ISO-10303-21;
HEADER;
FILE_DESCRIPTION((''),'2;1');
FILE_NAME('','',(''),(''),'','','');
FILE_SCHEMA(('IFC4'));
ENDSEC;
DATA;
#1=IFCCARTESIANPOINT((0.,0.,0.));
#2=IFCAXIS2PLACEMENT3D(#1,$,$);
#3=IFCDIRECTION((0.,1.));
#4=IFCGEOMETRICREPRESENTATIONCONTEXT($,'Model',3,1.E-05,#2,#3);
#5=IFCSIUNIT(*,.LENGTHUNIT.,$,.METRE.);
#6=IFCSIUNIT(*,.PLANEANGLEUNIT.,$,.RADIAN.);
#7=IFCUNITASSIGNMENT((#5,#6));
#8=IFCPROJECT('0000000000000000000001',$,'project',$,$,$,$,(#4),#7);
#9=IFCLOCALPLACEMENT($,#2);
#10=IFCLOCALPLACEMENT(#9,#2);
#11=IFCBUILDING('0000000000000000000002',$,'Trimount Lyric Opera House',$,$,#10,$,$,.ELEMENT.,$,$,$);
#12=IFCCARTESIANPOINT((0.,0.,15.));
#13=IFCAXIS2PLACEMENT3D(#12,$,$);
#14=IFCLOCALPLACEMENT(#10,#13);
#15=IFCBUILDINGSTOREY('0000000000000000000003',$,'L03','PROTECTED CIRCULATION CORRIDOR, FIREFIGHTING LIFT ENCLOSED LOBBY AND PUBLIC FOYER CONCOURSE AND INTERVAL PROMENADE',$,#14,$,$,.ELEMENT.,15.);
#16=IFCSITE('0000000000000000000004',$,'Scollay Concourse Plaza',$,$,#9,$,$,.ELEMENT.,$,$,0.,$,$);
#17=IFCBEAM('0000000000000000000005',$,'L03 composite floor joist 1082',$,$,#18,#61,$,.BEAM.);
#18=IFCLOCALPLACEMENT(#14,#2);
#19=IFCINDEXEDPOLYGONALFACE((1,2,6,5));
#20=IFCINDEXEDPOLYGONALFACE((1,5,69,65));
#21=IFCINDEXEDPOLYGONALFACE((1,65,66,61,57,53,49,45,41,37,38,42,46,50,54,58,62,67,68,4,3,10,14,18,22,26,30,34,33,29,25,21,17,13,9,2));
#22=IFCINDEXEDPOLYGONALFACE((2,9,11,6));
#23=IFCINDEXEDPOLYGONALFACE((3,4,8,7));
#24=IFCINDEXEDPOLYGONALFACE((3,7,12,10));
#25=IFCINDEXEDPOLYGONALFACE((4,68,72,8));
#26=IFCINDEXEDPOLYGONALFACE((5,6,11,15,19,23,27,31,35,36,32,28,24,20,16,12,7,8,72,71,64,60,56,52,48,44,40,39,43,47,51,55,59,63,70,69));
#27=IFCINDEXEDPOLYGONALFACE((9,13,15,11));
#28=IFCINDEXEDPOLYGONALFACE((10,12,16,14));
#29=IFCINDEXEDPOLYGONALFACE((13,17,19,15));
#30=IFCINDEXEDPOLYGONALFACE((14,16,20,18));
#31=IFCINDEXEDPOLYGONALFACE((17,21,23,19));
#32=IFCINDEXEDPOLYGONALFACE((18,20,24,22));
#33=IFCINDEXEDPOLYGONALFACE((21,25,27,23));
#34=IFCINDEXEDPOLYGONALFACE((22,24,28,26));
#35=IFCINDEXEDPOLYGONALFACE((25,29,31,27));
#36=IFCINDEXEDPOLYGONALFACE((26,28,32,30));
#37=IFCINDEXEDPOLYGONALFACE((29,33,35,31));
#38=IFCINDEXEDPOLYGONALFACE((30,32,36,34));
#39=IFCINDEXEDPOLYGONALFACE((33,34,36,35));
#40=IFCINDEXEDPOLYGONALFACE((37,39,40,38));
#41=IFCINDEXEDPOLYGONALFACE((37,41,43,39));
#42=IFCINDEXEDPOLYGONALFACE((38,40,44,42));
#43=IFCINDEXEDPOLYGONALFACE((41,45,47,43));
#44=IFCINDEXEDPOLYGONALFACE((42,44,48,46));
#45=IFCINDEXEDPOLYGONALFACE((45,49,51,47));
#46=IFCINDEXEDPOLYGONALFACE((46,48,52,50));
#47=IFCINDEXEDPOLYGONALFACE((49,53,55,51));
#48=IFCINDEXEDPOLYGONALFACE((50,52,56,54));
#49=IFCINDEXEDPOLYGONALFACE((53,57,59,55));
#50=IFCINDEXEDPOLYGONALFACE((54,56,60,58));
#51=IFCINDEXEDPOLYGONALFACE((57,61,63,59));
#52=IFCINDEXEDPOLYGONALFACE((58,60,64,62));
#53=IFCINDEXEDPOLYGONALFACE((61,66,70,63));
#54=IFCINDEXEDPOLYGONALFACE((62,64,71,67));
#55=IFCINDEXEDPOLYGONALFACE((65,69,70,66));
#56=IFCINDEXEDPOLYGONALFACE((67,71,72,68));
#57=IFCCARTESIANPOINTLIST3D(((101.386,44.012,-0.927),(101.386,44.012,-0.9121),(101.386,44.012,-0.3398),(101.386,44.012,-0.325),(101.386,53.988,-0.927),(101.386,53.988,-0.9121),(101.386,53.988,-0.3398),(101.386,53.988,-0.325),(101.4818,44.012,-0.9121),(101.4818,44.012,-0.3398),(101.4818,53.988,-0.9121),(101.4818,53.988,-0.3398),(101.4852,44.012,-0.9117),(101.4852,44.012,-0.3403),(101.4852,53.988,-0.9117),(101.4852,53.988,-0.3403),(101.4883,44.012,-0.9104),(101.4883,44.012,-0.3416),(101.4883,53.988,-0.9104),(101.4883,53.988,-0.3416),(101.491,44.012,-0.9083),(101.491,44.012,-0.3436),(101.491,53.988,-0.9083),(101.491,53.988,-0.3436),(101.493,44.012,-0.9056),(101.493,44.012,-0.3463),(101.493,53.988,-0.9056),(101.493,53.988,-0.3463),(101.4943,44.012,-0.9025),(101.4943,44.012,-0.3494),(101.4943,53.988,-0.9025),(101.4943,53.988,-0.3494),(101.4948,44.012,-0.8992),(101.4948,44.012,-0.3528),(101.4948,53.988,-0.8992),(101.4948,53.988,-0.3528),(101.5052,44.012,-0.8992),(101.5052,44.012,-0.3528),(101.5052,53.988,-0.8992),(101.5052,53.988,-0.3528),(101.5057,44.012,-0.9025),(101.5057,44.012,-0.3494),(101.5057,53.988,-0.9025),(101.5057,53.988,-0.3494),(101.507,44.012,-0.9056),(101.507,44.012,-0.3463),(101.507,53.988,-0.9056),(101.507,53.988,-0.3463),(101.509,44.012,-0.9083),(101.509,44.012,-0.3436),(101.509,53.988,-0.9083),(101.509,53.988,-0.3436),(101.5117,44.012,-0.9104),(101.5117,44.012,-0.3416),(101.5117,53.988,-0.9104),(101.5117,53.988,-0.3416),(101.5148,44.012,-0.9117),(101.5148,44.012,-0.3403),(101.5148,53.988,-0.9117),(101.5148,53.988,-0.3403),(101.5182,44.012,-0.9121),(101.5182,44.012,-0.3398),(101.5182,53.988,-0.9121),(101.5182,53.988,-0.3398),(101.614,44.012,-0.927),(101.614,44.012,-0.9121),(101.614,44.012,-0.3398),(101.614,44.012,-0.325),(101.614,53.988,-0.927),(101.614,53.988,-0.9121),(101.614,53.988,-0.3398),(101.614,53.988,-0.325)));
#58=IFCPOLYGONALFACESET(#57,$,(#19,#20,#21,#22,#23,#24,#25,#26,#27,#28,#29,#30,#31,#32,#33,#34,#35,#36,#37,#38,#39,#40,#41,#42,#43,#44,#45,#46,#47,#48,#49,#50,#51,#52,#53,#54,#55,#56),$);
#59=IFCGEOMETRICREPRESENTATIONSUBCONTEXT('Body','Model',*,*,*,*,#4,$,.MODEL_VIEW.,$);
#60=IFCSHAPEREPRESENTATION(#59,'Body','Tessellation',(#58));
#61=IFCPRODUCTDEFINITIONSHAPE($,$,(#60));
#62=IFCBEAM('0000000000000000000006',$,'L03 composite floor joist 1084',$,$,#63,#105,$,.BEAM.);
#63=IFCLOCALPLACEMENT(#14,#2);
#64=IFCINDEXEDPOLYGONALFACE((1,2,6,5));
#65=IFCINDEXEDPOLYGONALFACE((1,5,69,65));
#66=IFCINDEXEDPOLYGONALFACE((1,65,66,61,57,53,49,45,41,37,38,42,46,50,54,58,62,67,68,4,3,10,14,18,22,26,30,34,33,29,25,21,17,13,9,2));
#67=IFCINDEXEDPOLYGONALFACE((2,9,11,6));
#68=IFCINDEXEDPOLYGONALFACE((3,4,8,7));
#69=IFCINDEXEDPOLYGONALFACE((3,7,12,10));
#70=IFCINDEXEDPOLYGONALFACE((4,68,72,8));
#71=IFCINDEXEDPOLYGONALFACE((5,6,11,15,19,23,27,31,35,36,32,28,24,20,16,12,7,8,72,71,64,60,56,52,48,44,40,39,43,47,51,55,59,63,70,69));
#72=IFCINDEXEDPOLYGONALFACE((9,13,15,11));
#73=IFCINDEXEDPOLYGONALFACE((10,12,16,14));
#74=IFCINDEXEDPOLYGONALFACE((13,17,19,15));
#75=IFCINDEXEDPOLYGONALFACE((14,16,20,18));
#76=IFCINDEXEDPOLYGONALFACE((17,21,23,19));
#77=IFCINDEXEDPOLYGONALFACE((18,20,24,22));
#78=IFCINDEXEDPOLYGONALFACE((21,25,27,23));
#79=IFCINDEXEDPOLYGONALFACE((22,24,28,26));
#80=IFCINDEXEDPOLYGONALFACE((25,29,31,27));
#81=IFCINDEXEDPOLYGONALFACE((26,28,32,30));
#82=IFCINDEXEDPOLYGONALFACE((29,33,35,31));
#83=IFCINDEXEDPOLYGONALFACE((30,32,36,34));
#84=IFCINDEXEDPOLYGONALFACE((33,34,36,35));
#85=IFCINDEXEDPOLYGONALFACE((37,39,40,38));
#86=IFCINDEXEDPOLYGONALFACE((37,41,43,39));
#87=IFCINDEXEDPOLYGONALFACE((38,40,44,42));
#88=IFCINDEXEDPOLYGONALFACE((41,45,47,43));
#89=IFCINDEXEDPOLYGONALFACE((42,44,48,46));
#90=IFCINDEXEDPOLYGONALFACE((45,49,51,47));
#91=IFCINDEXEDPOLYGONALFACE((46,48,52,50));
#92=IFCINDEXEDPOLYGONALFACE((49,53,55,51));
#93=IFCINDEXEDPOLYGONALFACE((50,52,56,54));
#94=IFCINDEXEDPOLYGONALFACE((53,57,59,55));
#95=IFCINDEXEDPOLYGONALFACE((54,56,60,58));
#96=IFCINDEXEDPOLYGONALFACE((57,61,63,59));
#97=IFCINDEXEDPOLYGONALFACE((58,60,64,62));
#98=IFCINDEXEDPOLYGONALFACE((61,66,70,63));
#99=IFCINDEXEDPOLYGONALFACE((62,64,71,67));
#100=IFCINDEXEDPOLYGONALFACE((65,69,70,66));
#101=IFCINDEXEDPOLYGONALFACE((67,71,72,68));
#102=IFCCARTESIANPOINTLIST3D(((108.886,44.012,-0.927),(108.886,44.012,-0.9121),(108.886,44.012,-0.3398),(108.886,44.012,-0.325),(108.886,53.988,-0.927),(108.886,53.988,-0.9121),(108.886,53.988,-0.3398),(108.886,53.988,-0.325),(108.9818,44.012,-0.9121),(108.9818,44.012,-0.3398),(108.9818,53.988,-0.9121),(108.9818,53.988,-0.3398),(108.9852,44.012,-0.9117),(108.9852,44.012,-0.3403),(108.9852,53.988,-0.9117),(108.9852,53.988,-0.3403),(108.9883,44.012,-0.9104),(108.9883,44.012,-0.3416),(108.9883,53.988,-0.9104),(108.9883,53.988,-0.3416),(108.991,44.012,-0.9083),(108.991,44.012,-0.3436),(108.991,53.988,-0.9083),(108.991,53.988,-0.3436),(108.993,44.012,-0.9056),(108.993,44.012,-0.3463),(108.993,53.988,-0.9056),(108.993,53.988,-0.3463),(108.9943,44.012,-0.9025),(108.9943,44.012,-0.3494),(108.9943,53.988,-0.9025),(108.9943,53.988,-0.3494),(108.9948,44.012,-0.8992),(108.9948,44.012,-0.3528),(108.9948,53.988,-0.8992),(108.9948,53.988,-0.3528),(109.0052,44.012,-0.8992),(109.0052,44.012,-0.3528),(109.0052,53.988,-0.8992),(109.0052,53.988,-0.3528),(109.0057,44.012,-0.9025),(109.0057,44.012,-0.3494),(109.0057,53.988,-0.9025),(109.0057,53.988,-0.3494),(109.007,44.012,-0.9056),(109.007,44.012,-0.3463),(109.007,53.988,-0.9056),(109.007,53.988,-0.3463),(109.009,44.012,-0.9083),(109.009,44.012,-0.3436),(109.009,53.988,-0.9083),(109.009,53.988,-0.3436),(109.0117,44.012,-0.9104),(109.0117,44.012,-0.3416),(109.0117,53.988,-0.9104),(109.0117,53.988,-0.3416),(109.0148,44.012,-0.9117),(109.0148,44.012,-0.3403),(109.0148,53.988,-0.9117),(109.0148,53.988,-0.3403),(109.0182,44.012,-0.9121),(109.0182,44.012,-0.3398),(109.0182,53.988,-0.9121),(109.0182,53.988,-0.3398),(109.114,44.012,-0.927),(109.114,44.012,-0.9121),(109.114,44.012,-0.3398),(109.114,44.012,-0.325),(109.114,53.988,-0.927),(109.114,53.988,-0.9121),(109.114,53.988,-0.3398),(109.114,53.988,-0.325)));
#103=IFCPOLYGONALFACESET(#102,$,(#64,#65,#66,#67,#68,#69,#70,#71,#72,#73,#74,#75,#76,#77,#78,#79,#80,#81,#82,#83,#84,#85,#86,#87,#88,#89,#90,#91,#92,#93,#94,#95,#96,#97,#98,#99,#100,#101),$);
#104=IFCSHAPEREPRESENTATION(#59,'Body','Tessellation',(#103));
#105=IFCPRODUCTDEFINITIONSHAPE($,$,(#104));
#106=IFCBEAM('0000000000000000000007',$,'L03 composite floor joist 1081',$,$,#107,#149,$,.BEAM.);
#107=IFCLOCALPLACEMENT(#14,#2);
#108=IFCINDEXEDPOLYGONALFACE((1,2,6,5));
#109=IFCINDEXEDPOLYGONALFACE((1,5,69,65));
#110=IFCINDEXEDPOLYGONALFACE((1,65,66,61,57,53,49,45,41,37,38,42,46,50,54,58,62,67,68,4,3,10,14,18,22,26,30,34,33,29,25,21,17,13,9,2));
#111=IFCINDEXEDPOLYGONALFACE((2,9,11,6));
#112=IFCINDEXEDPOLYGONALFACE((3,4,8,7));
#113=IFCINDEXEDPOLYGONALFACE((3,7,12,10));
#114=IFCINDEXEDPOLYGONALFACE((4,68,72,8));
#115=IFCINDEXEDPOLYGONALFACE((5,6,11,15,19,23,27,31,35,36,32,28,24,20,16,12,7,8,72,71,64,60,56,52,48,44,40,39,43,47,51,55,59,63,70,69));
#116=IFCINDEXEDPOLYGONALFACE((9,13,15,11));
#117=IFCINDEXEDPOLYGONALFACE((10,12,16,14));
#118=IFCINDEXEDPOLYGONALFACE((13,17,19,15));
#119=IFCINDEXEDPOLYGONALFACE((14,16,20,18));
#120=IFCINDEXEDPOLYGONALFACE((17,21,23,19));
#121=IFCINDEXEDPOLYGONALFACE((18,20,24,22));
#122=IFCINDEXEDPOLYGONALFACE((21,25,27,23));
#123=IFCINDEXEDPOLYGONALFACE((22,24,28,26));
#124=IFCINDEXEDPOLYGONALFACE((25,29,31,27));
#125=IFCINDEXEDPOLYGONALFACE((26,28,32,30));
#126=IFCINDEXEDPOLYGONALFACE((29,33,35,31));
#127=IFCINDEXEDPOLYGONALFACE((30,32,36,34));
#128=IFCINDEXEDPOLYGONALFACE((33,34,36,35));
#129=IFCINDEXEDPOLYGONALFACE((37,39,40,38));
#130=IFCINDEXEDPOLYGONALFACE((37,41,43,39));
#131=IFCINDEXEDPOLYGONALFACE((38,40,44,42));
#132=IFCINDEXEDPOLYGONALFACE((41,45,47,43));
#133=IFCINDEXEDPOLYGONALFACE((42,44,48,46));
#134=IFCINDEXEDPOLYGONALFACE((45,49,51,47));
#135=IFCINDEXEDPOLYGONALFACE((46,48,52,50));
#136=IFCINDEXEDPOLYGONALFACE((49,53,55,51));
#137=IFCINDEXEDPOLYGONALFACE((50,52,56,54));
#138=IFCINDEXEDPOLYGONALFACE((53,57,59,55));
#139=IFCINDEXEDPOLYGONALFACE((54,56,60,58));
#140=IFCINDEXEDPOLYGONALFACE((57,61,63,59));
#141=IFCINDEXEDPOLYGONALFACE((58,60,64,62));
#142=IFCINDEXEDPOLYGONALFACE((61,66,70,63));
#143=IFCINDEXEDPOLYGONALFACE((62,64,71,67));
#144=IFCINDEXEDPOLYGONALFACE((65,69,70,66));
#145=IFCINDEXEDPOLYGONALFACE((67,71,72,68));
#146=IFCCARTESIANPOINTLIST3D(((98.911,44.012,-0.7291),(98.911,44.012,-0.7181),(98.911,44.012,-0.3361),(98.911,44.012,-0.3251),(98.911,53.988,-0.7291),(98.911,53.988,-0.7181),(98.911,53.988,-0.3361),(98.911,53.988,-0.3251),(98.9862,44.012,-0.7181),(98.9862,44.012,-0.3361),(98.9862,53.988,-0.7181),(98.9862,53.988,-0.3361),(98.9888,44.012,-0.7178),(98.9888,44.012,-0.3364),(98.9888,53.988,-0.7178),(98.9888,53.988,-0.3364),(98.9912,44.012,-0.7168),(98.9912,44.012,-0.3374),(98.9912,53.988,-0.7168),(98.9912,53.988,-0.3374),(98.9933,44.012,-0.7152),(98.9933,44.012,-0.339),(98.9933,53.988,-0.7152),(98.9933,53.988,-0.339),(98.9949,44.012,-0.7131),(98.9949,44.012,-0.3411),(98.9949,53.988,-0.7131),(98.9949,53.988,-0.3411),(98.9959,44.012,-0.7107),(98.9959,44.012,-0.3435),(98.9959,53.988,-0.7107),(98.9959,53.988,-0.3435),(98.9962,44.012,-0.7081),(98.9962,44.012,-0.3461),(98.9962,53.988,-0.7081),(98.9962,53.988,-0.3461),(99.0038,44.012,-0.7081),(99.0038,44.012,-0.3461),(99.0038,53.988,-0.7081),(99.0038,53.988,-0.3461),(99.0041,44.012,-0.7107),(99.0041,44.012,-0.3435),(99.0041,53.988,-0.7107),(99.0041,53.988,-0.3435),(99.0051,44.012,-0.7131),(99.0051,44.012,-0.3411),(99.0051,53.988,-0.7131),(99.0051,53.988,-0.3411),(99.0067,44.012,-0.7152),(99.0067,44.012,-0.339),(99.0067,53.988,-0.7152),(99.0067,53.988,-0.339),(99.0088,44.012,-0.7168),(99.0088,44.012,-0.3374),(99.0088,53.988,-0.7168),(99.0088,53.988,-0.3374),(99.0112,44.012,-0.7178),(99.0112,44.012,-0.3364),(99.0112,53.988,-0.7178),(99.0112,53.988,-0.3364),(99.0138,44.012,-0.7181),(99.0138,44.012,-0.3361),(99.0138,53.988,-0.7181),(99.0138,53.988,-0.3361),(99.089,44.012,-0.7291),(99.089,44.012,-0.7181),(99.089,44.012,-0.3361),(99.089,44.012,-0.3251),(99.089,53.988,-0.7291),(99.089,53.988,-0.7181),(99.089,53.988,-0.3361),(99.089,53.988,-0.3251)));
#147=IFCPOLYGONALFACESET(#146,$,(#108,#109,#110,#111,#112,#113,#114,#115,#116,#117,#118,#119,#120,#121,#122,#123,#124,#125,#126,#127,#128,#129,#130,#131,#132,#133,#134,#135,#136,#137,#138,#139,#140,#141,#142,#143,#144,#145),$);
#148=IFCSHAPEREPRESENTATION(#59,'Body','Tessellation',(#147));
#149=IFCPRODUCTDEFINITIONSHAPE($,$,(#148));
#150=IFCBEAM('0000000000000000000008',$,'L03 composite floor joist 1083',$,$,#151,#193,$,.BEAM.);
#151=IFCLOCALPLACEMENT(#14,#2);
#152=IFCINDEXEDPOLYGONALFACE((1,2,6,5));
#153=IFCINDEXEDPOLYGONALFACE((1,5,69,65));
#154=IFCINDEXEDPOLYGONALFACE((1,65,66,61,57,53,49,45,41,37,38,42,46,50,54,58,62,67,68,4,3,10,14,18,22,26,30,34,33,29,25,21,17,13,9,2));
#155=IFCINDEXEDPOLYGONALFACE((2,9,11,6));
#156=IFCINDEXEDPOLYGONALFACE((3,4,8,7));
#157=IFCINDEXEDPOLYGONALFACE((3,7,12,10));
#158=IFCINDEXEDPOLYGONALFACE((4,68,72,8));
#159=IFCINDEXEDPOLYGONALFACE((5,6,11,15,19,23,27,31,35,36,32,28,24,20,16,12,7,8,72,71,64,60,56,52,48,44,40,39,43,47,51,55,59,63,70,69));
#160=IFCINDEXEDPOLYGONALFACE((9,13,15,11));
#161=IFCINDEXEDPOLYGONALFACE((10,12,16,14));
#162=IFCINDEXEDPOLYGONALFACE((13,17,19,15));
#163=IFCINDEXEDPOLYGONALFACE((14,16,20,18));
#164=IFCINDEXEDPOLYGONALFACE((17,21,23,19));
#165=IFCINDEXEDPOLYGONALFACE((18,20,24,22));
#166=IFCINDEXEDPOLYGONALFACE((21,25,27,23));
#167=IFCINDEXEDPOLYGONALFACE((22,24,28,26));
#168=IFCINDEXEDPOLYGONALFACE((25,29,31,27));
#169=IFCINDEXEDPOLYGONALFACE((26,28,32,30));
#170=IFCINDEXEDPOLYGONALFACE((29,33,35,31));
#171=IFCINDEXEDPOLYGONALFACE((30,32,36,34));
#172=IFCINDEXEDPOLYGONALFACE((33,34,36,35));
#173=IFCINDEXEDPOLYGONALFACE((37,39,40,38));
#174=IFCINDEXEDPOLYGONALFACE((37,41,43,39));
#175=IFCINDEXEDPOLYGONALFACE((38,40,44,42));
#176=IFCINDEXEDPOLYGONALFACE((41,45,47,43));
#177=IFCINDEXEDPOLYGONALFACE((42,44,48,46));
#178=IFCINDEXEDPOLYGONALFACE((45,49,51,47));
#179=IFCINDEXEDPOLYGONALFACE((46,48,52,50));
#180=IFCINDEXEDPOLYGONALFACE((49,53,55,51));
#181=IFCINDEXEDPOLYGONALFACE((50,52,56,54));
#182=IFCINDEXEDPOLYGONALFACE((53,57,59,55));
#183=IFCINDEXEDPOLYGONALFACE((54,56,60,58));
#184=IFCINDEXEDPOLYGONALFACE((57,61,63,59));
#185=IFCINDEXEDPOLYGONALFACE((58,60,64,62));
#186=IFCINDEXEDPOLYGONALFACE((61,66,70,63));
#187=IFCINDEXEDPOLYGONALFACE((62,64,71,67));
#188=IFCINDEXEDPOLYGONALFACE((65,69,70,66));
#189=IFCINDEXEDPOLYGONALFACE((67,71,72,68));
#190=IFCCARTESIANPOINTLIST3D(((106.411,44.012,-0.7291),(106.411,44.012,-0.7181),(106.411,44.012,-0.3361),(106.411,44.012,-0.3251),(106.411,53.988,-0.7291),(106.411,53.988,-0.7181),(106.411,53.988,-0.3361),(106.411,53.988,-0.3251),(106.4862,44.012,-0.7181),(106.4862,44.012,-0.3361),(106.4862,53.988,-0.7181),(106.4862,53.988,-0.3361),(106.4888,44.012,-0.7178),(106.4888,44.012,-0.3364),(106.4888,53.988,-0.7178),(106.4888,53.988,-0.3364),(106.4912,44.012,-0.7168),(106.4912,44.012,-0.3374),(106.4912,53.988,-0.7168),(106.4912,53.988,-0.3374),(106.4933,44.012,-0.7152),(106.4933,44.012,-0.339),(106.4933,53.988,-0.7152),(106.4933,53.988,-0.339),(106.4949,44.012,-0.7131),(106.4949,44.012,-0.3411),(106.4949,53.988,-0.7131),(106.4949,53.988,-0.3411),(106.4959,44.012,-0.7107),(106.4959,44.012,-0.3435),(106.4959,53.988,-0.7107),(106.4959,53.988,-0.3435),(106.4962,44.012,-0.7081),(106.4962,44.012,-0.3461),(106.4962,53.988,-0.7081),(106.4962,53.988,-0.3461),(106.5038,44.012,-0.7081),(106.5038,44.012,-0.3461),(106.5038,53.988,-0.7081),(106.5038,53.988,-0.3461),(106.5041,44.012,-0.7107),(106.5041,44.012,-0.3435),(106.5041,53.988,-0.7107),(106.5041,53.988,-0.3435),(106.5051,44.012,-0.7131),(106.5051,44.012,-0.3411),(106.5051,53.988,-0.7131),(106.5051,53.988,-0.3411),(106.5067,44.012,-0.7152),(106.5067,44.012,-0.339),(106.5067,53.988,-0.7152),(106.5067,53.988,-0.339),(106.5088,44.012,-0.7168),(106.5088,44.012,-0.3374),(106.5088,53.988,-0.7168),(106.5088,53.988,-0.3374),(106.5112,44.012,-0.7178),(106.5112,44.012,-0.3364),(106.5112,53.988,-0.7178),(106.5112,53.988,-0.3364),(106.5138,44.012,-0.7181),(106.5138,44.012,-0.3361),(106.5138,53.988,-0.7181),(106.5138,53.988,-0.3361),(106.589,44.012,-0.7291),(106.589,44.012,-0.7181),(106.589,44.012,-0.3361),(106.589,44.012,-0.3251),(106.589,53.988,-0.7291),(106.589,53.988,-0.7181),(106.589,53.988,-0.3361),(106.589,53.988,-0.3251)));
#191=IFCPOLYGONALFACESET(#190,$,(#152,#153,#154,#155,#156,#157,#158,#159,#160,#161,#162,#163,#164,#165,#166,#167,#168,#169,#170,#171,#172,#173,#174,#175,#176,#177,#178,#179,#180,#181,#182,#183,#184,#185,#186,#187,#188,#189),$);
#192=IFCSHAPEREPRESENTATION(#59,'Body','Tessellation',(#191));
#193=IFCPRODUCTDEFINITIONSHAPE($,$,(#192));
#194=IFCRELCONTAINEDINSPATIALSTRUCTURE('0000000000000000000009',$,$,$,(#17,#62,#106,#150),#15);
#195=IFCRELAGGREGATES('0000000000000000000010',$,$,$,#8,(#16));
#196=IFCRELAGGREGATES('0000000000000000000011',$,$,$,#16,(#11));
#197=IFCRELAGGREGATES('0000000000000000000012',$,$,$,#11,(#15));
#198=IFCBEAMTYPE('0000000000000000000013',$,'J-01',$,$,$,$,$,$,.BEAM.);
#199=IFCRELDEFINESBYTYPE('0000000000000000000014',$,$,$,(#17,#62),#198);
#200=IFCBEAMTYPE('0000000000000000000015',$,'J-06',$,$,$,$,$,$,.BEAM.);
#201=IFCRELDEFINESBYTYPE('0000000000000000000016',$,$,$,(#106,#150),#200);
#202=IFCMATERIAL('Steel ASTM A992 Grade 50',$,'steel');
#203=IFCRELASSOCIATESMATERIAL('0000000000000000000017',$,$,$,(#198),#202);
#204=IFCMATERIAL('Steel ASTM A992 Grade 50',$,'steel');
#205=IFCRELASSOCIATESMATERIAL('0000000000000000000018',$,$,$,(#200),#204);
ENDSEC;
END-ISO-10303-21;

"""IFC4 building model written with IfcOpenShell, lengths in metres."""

from ifc_helpers import new_model, si_unit, direction, frame, origin, origin_2d, place, context, subcontext, project, spatial, i_section, extrude, material, material_profile, profile_set, type_object, element, save


model = new_model("IFC4")

# Units and contexts
model_context = context("Model", 3, precision=1e-05, world=origin(), true_north=direction((0.0, 1.0)))
body_context = subcontext(model_context, "Body", "Model", "MODEL_VIEW")
ifc_project = project(units=[si_unit("LENGTHUNIT", "METRE"), si_unit("PLANEANGLEUNIT", "RADIAN")], contexts=[model_context])

# Site, building, storey
site_placement = place(None, origin())
site = spatial("IfcSite", under=ifc_project, at=site_placement, Name="Scollay Concourse Plaza", CompositionType="ELEMENT", RefElevation=0.0)
building_placement = place(site_placement, origin())
building = spatial("IfcBuilding", under=site, at=building_placement, Name="Trimount Lyric Opera House", CompositionType="ELEMENT")
storey_placement = place(building_placement, frame((0.0, 0.0, 15.0)))
storey = spatial("IfcBuildingStorey", under=building, at=storey_placement, Name="L03", Description="PROTECTED CIRCULATION CORRIDOR, FIREFIGHTING LIFT ENCLOSED LOBBY AND PUBLIC FOYER CONCOURSE AND INTERVAL PROMENADE", CompositionType="ELEMENT", Elevation=15.0)

# Beams
ifc_material_1 = material(Name="Steel ASTM A992 Grade 50", Category="steel")
ifc_material_profile_1 = material_profile(ifc_material_1, i_section(OverallWidth=0.228, OverallDepth=0.6021, WebThickness=0.0105, FlangeThickness=0.0149, FilletRadius=0.0129, at=origin_2d()), Name="W24X68")
ifc_profile_set_1 = profile_set([ifc_material_profile_1], Name="Steel ASTM A992 Grade 50")
beam_type_1 = type_object("IfcBeamType", Name="J-01", PredefinedType="BEAM", material=ifc_profile_set_1)
for number, where, z_axis, x_axis, name in (
    (1, (101.5, 44.012, -0.626), (0.0, 1.0, 0.0), (-1.0, 0.0, 0.0), "L03 composite floor joist 1082"),
    (2, (109.0, 44.012, -0.626), (0.0, 1.0, 0.0), (-1.0, 0.0, 0.0), "L03 composite floor joist 1084"),
):
    element("IfcBeam", number, at=place(storey_placement, frame(where, z_axis=z_axis, x_axis=x_axis)), inside=storey, type_object=beam_type_1, Name=name, PredefinedType="BEAM", context=body_context, shape_type="SweptSolid", body=[
        extrude(i_section(OverallWidth=0.228, OverallDepth=0.6021, WebThickness=0.0105, FlangeThickness=0.0149, FilletRadius=0.0129, at=origin_2d()), origin(), (0.0, 0.0, 1.0), 9.9761),
    ])
ifc_material_2 = material(Name="Steel ASTM A992 Grade 50", Category="steel")
ifc_material_profile_2 = material_profile(ifc_material_2, i_section(OverallWidth=0.178, OverallDepth=0.4041, WebThickness=0.0076, FlangeThickness=0.011, FilletRadius=0.01, at=origin_2d()), Name="W16X36")
ifc_profile_set_2 = profile_set([ifc_material_profile_2], Name="Steel ASTM A992 Grade 50")
beam_type_2 = type_object("IfcBeamType", Name="J-06", PredefinedType="BEAM", material=ifc_profile_set_2)
for number, where, z_axis, x_axis, name in (
    (3, (99.0, 44.012, -0.5271), (0.0, 1.0, 0.0), (-1.0, 0.0, 0.0), "L03 composite floor joist 1081"),
    (4, (106.5, 44.012, -0.5271), (0.0, 1.0, 0.0), (-1.0, 0.0, 0.0), "L03 composite floor joist 1083"),
):
    element("IfcBeam", number, at=place(storey_placement, frame(where, z_axis=z_axis, x_axis=x_axis)), inside=storey, type_object=beam_type_2, Name=name, PredefinedType="BEAM", context=body_context, shape_type="SweptSolid", body=[
        extrude(i_section(OverallWidth=0.178, OverallDepth=0.4041, WebThickness=0.0076, FlangeThickness=0.011, FilletRadius=0.01, at=origin_2d()), origin(), (0.0, 0.0, 1.0), 9.9761),
    ])

save(model, "model.ifc")
